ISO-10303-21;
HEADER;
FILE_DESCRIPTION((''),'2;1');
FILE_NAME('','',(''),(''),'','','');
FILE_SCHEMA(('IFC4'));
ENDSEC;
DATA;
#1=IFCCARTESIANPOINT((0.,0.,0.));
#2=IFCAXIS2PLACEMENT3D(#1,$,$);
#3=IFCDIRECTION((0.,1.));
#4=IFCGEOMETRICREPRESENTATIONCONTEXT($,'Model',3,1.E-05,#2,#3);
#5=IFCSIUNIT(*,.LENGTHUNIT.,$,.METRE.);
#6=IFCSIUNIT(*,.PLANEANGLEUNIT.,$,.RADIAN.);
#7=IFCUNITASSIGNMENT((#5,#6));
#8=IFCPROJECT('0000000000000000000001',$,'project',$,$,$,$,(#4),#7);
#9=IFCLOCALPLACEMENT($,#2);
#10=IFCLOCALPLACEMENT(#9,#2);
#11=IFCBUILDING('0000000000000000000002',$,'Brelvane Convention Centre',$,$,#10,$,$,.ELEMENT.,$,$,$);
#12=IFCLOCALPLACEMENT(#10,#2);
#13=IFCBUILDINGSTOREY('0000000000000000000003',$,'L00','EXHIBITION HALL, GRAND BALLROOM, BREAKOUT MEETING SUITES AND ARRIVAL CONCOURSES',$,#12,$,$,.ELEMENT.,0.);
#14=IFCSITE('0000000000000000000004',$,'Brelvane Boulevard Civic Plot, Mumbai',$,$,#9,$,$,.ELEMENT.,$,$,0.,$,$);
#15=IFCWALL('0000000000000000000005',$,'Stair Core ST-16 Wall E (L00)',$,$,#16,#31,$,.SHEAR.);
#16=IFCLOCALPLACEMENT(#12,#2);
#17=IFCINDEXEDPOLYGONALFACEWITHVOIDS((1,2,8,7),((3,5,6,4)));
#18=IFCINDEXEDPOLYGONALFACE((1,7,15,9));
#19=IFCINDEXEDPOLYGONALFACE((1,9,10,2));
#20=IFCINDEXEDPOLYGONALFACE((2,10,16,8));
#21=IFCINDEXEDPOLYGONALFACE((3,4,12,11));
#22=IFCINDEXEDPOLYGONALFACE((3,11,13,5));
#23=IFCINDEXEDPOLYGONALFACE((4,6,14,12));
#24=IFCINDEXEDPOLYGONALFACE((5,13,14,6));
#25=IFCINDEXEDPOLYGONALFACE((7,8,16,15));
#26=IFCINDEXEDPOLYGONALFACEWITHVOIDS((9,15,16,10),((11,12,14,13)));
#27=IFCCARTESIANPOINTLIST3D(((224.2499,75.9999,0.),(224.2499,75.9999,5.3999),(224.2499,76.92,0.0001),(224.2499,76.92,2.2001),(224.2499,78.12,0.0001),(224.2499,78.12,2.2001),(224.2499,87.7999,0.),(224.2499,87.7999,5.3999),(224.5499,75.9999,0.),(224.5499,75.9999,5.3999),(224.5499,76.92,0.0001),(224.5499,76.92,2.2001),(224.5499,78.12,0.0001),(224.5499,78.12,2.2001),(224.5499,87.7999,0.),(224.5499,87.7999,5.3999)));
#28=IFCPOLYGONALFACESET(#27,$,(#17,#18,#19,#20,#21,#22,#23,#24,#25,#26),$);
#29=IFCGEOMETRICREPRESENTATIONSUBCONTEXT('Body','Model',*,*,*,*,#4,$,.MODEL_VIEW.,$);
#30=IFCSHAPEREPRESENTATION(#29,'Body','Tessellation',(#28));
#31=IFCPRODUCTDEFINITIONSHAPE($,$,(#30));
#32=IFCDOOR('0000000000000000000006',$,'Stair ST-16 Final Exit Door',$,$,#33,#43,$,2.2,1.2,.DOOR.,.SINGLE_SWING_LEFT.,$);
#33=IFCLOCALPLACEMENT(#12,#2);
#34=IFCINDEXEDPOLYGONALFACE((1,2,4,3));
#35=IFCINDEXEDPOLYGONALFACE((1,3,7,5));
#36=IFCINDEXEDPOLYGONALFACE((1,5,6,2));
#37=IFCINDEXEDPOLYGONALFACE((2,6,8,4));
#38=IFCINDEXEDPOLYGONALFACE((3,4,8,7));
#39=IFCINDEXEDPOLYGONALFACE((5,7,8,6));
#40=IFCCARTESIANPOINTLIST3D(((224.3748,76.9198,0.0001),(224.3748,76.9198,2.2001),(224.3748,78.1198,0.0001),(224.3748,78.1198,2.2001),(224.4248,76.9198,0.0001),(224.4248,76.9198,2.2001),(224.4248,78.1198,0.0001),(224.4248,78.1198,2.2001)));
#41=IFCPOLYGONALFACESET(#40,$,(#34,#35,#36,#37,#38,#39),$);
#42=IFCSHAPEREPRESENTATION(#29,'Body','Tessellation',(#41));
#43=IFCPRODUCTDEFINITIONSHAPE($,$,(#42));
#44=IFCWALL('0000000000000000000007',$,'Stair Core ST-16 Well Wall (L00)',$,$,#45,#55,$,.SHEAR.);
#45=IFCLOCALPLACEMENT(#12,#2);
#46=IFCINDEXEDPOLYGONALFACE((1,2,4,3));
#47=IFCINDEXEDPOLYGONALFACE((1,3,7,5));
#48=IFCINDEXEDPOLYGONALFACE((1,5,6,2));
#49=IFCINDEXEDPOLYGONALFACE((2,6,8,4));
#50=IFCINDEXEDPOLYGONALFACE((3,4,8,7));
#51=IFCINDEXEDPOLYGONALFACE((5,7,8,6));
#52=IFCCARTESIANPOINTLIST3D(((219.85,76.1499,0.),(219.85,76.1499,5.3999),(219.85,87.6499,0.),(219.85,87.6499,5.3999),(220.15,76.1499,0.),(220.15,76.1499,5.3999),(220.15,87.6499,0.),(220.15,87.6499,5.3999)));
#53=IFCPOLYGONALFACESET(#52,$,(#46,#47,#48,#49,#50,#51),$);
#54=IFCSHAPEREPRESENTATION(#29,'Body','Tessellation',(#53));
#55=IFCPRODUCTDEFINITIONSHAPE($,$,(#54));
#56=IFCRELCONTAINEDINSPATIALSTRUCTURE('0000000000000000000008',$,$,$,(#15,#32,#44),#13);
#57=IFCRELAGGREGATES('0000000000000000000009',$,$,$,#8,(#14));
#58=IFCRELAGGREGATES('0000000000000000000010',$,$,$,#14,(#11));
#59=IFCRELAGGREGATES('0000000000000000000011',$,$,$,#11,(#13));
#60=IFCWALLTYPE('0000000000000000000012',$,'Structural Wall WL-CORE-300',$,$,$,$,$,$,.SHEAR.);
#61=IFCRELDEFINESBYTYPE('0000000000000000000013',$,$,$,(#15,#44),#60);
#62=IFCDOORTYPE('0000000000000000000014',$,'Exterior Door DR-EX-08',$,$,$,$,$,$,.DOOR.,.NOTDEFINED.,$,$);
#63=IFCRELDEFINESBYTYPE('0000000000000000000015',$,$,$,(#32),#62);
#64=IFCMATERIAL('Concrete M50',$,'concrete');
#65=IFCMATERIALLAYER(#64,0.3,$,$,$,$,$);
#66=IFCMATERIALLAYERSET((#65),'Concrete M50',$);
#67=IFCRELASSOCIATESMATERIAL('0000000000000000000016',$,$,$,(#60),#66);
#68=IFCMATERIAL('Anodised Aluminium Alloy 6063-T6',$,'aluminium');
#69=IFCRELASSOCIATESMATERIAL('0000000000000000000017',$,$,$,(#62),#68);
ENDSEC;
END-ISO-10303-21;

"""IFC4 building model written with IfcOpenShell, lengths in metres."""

from ifc_helpers import new_model, si_unit, direction, frame, frame_2d, origin, place, context, subcontext, project, spatial, rectangle, extrude, material, layer, layer_set, type_object, element, fill, save


model = new_model("IFC4")

# Units and contexts
model_context = context("Model", 3, precision=1e-05, world=origin(), true_north=direction((0.0, 1.0)))
body_context = subcontext(model_context, "Body", "Model", "MODEL_VIEW")
ifc_project = project(units=[si_unit("LENGTHUNIT", "METRE"), si_unit("PLANEANGLEUNIT", "RADIAN")], contexts=[model_context])

# Site, building, storey
site_placement = place(None, origin())
site = spatial("IfcSite", under=ifc_project, at=site_placement, Name="Brelvane Boulevard Civic Plot, Mumbai", CompositionType="ELEMENT", RefElevation=0.0)
building_placement = place(site_placement, origin())
building = spatial("IfcBuilding", under=site, at=building_placement, Name="Brelvane Convention Centre", CompositionType="ELEMENT")
storey_placement = place(building_placement, origin())
storey = spatial("IfcBuildingStorey", under=building, at=storey_placement, Name="L00", Description="EXHIBITION HALL, GRAND BALLROOM, BREAKOUT MEETING SUITES AND ARRIVAL CONCOURSES", CompositionType="ELEMENT", Elevation=0.0)

# Shared definitions
ifc_material_1 = material(Name="Concrete M50", Category="concrete")
ifc_layer_1 = layer(ifc_material_1, 0.3)
ifc_layer_set_1 = layer_set([ifc_layer_1], Name="Concrete M50")
wall_type_1 = type_object("IfcWallType", Name="Structural Wall WL-CORE-300", PredefinedType="SHEAR", material=ifc_layer_set_1)

# Wall, opening, door
wall_1_placement = place(storey_placement, frame((224.3999, 76.0, 0.0), z_axis=(0.0, 0.0, 1.0), x_axis=(0.0, 1.0, 0.0)))
wall_1 = element("IfcWall", 1, at=wall_1_placement, inside=storey, type_object=wall_type_1, Name="Stair Core ST-16 Wall E (L00)", PredefinedType="SHEAR", context=body_context, shape_type="SweptSolid", body=[
    extrude(rectangle(XDim=11.8, YDim=0.3, at=frame_2d((5.8999, 0.0))), origin(), (0.0, 0.0, 1.0), 5.3999),
])
opening_1_placement = place(wall_1_placement, frame((0.9199, 0.0, 0.0)))
opening_1 = element("IfcOpeningElement", 2, at=opening_1_placement, cuts=wall_1, PredefinedType="OPENING", context=body_context, shape_type="SweptSolid", body=[
    extrude(rectangle(XDim=1.2, YDim=2.2, at=frame_2d((0.6001, 1.1001))), frame((0.0, 0.1599, 0.0), z_axis=(0.0, -1.0, 0.0), x_axis=(1.0, 0.0, 0.0)), (0.0, 0.0, 1.0), 0.3201),
])
ifc_material_2 = material(Name="Anodised Aluminium Alloy 6063-T6", Category="aluminium")
door_type_1 = type_object("IfcDoorType", Name="Exterior Door DR-EX-08", OperationType="NOTDEFINED", PredefinedType="DOOR", material=ifc_material_2)
door_1_placement = place(opening_1_placement, frame((1.2, 0.0, 0.0), z_axis=(0.0, 0.0, 1.0), x_axis=(-1.0, 0.0, 0.0)))
door_1 = element("IfcDoor", 3, at=door_1_placement, inside=storey, type_object=door_type_1, Name="Stair ST-16 Final Exit Door", OperationType="SINGLE_SWING_LEFT", OverallHeight=2.2, OverallWidth=1.2, PredefinedType="DOOR", context=body_context, shape_type="SweptSolid", body=[
    extrude(rectangle(XDim=1.2, YDim=2.2, at=frame_2d((0.6001, 1.1001))), frame((0.0, 0.0249, 0.0), z_axis=(0.0, -1.0, 0.0), x_axis=(1.0, 0.0, 0.0)), (0.0, 0.0, 1.0), 0.05),
])
fill(opening_1, door_1)

# Wall
wall_2_placement = place(storey_placement, frame((220.0, 76.1499, 0.0), z_axis=(0.0, 0.0, 1.0), x_axis=(0.0, 1.0, 0.0)))
element("IfcWall", 4, at=wall_2_placement, inside=storey, type_object=wall_type_1, Name="Stair Core ST-16 Well Wall (L00)", PredefinedType="SHEAR", context=body_context, shape_type="SweptSolid", body=[
    extrude(rectangle(XDim=11.5, YDim=0.3, at=frame_2d((5.75, 0.0))), origin(), (0.0, 0.0, 1.0), 5.3999),
])

save(model, "model.ifc")
